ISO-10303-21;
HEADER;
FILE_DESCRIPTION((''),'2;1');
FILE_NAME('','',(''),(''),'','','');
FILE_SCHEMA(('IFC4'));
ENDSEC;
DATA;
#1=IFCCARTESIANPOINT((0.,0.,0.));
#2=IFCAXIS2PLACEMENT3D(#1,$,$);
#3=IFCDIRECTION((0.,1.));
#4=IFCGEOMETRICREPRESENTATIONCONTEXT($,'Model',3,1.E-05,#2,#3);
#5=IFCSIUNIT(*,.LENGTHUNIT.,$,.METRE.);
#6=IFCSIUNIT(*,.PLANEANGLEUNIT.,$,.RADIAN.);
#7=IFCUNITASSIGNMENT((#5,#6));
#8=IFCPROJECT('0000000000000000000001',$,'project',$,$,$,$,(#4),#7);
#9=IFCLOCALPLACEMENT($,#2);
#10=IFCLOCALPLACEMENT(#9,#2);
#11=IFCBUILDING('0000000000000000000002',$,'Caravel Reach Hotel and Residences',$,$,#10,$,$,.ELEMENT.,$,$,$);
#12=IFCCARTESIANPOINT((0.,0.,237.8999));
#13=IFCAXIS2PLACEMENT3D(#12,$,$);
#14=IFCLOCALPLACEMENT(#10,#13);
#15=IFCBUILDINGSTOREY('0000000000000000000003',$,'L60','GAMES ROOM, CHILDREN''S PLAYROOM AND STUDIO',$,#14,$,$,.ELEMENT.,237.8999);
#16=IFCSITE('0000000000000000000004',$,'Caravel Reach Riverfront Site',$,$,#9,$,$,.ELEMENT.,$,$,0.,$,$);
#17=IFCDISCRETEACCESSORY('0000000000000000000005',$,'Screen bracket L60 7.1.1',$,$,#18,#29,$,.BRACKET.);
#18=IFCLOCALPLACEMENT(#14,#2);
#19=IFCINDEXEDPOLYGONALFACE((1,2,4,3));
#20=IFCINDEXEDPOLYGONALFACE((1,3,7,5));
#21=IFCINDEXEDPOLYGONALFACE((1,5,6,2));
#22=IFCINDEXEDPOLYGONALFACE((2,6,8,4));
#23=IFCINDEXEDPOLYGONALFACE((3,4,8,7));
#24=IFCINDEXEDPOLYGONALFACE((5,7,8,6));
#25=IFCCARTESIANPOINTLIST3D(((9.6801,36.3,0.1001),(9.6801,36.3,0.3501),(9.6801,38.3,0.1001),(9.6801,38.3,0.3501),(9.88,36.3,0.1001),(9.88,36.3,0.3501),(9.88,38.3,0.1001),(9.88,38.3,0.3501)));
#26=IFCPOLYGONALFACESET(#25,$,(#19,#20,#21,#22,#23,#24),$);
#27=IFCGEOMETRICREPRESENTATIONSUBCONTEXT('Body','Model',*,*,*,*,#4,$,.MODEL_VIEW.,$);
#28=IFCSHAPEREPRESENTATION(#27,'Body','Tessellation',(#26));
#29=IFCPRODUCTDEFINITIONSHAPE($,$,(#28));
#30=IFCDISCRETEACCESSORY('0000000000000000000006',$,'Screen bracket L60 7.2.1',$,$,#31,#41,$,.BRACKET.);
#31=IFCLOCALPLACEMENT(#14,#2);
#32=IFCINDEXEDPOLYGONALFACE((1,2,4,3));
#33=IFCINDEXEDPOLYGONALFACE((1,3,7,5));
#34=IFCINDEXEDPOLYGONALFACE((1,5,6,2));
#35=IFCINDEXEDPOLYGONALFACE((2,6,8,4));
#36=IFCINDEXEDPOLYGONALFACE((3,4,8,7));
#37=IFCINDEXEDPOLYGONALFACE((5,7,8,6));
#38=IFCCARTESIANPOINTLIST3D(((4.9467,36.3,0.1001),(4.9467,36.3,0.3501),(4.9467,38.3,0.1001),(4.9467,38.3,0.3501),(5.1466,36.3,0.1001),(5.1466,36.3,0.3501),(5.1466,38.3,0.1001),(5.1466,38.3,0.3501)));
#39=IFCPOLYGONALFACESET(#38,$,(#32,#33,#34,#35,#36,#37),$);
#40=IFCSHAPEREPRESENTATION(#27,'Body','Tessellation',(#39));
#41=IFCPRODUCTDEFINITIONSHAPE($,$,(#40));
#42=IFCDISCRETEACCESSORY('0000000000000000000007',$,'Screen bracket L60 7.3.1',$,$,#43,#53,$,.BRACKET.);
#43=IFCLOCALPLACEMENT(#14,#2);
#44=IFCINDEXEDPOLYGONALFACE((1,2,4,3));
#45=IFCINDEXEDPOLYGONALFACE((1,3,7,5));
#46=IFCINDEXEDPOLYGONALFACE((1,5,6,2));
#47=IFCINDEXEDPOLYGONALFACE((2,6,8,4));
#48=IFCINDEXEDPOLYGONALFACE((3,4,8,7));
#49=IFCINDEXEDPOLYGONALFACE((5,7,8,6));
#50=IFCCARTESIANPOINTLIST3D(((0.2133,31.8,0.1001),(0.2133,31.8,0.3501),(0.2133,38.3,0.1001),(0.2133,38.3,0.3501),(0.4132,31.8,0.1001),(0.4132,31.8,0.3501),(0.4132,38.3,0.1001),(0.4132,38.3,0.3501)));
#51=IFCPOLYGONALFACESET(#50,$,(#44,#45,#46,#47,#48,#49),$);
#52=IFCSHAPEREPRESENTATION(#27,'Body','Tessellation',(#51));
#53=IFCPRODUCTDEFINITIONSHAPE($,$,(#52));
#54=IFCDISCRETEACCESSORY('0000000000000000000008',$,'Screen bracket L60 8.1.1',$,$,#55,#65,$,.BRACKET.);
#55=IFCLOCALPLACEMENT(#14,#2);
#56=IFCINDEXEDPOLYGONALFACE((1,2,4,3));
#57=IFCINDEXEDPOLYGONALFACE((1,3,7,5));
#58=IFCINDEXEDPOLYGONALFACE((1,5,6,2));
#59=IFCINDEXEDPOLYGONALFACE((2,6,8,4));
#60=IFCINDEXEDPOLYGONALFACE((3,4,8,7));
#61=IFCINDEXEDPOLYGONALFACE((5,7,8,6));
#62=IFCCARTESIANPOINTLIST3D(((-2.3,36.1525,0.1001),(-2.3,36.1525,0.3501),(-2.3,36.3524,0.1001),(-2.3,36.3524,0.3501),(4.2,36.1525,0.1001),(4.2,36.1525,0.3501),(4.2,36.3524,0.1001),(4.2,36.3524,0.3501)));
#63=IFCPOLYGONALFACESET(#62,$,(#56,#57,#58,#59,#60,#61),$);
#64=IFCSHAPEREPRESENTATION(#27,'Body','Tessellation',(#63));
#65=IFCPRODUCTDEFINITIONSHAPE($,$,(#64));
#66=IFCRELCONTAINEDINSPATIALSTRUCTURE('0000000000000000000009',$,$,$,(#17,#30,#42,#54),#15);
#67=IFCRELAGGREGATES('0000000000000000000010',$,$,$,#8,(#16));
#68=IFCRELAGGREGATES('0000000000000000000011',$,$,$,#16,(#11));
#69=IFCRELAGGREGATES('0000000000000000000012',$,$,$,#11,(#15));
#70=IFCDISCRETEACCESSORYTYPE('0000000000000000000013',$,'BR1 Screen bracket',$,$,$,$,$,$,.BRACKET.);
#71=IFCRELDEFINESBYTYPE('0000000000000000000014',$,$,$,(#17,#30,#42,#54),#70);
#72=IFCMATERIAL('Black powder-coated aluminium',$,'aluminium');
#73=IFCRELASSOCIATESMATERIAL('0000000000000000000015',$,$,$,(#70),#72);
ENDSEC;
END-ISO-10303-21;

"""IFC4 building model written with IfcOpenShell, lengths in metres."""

from ifc_helpers import new_model, si_unit, direction, frame, origin, origin_2d, place, context, subcontext, project, spatial, rectangle, extrude, material, type_object, element, save


model = new_model("IFC4")

# Units and contexts
model_context = context("Model", 3, precision=1e-05, world=origin(), true_north=direction((0.0, 1.0)))
body_context = subcontext(model_context, "Body", "Model", "MODEL_VIEW")
ifc_project = project(units=[si_unit("LENGTHUNIT", "METRE"), si_unit("PLANEANGLEUNIT", "RADIAN")], contexts=[model_context])

# Site, building, storey
site_placement = place(None, origin())
site = spatial("IfcSite", under=ifc_project, at=site_placement, Name="Caravel Reach Riverfront Site", CompositionType="ELEMENT", RefElevation=0.0)
building_placement = place(site_placement, origin())
building = spatial("IfcBuilding", under=site, at=building_placement, Name="Caravel Reach Hotel and Residences", CompositionType="ELEMENT")
storey_placement = place(building_placement, frame((0.0, 0.0, 237.8999)))
storey = spatial("IfcBuildingStorey", under=building, at=storey_placement, Name="L60", Description="GAMES ROOM, CHILDREN'S PLAYROOM AND STUDIO", CompositionType="ELEMENT", Elevation=237.8999)

# Discrete accessories
ifc_material_1 = material(Name="Black powder-coated aluminium", Category="aluminium")
discrete_accessory_type = type_object("IfcDiscreteAccessoryType", Name="BR1 Screen bracket", PredefinedType="BRACKET", material=ifc_material_1)
for number, where, z_axis, x_axis, name in (
    (1, (9.78, 37.3, 0.1001), (0.0, 0.0, 1.0), (0.0, 1.0, 0.0), "Screen bracket L60 7.1.1"),
    (2, (5.0466, 37.3, 0.1001), (0.0, 0.0, 1.0), (0.0, 1.0, 0.0), "Screen bracket L60 7.2.1"),
):
    element("IfcDiscreteAccessory", number, at=place(storey_placement, frame(where, z_axis=z_axis, x_axis=x_axis)), inside=storey, type_object=discrete_accessory_type, Name=name, PredefinedType="BRACKET", context=body_context, shape_type="SweptSolid", body=[
        extrude(rectangle(XDim=2.0, YDim=0.2, at=origin_2d()), origin(), (0.0, 0.0, 1.0), 0.25),
    ])
for number, where, z_axis, x_axis, name in (
    (3, (0.3132, 35.05, 0.1001), (0.0, 0.0, 1.0), (0.0, 1.0, 0.0), "Screen bracket L60 7.3.1"),
    (4, (0.95, 36.2524, 0.1001), (0.0, 0.0, 1.0), (-1.0, 0.0, 0.0), "Screen bracket L60 8.1.1"),
):
    element("IfcDiscreteAccessory", number, at=place(storey_placement, frame(where, z_axis=z_axis, x_axis=x_axis)), inside=storey, type_object=discrete_accessory_type, Name=name, PredefinedType="BRACKET", context=body_context, shape_type="SweptSolid", body=[
        extrude(rectangle(XDim=6.5, YDim=0.2, at=origin_2d()), origin(), (0.0, 0.0, 1.0), 0.25),
    ])

save(model, "model.ifc")
